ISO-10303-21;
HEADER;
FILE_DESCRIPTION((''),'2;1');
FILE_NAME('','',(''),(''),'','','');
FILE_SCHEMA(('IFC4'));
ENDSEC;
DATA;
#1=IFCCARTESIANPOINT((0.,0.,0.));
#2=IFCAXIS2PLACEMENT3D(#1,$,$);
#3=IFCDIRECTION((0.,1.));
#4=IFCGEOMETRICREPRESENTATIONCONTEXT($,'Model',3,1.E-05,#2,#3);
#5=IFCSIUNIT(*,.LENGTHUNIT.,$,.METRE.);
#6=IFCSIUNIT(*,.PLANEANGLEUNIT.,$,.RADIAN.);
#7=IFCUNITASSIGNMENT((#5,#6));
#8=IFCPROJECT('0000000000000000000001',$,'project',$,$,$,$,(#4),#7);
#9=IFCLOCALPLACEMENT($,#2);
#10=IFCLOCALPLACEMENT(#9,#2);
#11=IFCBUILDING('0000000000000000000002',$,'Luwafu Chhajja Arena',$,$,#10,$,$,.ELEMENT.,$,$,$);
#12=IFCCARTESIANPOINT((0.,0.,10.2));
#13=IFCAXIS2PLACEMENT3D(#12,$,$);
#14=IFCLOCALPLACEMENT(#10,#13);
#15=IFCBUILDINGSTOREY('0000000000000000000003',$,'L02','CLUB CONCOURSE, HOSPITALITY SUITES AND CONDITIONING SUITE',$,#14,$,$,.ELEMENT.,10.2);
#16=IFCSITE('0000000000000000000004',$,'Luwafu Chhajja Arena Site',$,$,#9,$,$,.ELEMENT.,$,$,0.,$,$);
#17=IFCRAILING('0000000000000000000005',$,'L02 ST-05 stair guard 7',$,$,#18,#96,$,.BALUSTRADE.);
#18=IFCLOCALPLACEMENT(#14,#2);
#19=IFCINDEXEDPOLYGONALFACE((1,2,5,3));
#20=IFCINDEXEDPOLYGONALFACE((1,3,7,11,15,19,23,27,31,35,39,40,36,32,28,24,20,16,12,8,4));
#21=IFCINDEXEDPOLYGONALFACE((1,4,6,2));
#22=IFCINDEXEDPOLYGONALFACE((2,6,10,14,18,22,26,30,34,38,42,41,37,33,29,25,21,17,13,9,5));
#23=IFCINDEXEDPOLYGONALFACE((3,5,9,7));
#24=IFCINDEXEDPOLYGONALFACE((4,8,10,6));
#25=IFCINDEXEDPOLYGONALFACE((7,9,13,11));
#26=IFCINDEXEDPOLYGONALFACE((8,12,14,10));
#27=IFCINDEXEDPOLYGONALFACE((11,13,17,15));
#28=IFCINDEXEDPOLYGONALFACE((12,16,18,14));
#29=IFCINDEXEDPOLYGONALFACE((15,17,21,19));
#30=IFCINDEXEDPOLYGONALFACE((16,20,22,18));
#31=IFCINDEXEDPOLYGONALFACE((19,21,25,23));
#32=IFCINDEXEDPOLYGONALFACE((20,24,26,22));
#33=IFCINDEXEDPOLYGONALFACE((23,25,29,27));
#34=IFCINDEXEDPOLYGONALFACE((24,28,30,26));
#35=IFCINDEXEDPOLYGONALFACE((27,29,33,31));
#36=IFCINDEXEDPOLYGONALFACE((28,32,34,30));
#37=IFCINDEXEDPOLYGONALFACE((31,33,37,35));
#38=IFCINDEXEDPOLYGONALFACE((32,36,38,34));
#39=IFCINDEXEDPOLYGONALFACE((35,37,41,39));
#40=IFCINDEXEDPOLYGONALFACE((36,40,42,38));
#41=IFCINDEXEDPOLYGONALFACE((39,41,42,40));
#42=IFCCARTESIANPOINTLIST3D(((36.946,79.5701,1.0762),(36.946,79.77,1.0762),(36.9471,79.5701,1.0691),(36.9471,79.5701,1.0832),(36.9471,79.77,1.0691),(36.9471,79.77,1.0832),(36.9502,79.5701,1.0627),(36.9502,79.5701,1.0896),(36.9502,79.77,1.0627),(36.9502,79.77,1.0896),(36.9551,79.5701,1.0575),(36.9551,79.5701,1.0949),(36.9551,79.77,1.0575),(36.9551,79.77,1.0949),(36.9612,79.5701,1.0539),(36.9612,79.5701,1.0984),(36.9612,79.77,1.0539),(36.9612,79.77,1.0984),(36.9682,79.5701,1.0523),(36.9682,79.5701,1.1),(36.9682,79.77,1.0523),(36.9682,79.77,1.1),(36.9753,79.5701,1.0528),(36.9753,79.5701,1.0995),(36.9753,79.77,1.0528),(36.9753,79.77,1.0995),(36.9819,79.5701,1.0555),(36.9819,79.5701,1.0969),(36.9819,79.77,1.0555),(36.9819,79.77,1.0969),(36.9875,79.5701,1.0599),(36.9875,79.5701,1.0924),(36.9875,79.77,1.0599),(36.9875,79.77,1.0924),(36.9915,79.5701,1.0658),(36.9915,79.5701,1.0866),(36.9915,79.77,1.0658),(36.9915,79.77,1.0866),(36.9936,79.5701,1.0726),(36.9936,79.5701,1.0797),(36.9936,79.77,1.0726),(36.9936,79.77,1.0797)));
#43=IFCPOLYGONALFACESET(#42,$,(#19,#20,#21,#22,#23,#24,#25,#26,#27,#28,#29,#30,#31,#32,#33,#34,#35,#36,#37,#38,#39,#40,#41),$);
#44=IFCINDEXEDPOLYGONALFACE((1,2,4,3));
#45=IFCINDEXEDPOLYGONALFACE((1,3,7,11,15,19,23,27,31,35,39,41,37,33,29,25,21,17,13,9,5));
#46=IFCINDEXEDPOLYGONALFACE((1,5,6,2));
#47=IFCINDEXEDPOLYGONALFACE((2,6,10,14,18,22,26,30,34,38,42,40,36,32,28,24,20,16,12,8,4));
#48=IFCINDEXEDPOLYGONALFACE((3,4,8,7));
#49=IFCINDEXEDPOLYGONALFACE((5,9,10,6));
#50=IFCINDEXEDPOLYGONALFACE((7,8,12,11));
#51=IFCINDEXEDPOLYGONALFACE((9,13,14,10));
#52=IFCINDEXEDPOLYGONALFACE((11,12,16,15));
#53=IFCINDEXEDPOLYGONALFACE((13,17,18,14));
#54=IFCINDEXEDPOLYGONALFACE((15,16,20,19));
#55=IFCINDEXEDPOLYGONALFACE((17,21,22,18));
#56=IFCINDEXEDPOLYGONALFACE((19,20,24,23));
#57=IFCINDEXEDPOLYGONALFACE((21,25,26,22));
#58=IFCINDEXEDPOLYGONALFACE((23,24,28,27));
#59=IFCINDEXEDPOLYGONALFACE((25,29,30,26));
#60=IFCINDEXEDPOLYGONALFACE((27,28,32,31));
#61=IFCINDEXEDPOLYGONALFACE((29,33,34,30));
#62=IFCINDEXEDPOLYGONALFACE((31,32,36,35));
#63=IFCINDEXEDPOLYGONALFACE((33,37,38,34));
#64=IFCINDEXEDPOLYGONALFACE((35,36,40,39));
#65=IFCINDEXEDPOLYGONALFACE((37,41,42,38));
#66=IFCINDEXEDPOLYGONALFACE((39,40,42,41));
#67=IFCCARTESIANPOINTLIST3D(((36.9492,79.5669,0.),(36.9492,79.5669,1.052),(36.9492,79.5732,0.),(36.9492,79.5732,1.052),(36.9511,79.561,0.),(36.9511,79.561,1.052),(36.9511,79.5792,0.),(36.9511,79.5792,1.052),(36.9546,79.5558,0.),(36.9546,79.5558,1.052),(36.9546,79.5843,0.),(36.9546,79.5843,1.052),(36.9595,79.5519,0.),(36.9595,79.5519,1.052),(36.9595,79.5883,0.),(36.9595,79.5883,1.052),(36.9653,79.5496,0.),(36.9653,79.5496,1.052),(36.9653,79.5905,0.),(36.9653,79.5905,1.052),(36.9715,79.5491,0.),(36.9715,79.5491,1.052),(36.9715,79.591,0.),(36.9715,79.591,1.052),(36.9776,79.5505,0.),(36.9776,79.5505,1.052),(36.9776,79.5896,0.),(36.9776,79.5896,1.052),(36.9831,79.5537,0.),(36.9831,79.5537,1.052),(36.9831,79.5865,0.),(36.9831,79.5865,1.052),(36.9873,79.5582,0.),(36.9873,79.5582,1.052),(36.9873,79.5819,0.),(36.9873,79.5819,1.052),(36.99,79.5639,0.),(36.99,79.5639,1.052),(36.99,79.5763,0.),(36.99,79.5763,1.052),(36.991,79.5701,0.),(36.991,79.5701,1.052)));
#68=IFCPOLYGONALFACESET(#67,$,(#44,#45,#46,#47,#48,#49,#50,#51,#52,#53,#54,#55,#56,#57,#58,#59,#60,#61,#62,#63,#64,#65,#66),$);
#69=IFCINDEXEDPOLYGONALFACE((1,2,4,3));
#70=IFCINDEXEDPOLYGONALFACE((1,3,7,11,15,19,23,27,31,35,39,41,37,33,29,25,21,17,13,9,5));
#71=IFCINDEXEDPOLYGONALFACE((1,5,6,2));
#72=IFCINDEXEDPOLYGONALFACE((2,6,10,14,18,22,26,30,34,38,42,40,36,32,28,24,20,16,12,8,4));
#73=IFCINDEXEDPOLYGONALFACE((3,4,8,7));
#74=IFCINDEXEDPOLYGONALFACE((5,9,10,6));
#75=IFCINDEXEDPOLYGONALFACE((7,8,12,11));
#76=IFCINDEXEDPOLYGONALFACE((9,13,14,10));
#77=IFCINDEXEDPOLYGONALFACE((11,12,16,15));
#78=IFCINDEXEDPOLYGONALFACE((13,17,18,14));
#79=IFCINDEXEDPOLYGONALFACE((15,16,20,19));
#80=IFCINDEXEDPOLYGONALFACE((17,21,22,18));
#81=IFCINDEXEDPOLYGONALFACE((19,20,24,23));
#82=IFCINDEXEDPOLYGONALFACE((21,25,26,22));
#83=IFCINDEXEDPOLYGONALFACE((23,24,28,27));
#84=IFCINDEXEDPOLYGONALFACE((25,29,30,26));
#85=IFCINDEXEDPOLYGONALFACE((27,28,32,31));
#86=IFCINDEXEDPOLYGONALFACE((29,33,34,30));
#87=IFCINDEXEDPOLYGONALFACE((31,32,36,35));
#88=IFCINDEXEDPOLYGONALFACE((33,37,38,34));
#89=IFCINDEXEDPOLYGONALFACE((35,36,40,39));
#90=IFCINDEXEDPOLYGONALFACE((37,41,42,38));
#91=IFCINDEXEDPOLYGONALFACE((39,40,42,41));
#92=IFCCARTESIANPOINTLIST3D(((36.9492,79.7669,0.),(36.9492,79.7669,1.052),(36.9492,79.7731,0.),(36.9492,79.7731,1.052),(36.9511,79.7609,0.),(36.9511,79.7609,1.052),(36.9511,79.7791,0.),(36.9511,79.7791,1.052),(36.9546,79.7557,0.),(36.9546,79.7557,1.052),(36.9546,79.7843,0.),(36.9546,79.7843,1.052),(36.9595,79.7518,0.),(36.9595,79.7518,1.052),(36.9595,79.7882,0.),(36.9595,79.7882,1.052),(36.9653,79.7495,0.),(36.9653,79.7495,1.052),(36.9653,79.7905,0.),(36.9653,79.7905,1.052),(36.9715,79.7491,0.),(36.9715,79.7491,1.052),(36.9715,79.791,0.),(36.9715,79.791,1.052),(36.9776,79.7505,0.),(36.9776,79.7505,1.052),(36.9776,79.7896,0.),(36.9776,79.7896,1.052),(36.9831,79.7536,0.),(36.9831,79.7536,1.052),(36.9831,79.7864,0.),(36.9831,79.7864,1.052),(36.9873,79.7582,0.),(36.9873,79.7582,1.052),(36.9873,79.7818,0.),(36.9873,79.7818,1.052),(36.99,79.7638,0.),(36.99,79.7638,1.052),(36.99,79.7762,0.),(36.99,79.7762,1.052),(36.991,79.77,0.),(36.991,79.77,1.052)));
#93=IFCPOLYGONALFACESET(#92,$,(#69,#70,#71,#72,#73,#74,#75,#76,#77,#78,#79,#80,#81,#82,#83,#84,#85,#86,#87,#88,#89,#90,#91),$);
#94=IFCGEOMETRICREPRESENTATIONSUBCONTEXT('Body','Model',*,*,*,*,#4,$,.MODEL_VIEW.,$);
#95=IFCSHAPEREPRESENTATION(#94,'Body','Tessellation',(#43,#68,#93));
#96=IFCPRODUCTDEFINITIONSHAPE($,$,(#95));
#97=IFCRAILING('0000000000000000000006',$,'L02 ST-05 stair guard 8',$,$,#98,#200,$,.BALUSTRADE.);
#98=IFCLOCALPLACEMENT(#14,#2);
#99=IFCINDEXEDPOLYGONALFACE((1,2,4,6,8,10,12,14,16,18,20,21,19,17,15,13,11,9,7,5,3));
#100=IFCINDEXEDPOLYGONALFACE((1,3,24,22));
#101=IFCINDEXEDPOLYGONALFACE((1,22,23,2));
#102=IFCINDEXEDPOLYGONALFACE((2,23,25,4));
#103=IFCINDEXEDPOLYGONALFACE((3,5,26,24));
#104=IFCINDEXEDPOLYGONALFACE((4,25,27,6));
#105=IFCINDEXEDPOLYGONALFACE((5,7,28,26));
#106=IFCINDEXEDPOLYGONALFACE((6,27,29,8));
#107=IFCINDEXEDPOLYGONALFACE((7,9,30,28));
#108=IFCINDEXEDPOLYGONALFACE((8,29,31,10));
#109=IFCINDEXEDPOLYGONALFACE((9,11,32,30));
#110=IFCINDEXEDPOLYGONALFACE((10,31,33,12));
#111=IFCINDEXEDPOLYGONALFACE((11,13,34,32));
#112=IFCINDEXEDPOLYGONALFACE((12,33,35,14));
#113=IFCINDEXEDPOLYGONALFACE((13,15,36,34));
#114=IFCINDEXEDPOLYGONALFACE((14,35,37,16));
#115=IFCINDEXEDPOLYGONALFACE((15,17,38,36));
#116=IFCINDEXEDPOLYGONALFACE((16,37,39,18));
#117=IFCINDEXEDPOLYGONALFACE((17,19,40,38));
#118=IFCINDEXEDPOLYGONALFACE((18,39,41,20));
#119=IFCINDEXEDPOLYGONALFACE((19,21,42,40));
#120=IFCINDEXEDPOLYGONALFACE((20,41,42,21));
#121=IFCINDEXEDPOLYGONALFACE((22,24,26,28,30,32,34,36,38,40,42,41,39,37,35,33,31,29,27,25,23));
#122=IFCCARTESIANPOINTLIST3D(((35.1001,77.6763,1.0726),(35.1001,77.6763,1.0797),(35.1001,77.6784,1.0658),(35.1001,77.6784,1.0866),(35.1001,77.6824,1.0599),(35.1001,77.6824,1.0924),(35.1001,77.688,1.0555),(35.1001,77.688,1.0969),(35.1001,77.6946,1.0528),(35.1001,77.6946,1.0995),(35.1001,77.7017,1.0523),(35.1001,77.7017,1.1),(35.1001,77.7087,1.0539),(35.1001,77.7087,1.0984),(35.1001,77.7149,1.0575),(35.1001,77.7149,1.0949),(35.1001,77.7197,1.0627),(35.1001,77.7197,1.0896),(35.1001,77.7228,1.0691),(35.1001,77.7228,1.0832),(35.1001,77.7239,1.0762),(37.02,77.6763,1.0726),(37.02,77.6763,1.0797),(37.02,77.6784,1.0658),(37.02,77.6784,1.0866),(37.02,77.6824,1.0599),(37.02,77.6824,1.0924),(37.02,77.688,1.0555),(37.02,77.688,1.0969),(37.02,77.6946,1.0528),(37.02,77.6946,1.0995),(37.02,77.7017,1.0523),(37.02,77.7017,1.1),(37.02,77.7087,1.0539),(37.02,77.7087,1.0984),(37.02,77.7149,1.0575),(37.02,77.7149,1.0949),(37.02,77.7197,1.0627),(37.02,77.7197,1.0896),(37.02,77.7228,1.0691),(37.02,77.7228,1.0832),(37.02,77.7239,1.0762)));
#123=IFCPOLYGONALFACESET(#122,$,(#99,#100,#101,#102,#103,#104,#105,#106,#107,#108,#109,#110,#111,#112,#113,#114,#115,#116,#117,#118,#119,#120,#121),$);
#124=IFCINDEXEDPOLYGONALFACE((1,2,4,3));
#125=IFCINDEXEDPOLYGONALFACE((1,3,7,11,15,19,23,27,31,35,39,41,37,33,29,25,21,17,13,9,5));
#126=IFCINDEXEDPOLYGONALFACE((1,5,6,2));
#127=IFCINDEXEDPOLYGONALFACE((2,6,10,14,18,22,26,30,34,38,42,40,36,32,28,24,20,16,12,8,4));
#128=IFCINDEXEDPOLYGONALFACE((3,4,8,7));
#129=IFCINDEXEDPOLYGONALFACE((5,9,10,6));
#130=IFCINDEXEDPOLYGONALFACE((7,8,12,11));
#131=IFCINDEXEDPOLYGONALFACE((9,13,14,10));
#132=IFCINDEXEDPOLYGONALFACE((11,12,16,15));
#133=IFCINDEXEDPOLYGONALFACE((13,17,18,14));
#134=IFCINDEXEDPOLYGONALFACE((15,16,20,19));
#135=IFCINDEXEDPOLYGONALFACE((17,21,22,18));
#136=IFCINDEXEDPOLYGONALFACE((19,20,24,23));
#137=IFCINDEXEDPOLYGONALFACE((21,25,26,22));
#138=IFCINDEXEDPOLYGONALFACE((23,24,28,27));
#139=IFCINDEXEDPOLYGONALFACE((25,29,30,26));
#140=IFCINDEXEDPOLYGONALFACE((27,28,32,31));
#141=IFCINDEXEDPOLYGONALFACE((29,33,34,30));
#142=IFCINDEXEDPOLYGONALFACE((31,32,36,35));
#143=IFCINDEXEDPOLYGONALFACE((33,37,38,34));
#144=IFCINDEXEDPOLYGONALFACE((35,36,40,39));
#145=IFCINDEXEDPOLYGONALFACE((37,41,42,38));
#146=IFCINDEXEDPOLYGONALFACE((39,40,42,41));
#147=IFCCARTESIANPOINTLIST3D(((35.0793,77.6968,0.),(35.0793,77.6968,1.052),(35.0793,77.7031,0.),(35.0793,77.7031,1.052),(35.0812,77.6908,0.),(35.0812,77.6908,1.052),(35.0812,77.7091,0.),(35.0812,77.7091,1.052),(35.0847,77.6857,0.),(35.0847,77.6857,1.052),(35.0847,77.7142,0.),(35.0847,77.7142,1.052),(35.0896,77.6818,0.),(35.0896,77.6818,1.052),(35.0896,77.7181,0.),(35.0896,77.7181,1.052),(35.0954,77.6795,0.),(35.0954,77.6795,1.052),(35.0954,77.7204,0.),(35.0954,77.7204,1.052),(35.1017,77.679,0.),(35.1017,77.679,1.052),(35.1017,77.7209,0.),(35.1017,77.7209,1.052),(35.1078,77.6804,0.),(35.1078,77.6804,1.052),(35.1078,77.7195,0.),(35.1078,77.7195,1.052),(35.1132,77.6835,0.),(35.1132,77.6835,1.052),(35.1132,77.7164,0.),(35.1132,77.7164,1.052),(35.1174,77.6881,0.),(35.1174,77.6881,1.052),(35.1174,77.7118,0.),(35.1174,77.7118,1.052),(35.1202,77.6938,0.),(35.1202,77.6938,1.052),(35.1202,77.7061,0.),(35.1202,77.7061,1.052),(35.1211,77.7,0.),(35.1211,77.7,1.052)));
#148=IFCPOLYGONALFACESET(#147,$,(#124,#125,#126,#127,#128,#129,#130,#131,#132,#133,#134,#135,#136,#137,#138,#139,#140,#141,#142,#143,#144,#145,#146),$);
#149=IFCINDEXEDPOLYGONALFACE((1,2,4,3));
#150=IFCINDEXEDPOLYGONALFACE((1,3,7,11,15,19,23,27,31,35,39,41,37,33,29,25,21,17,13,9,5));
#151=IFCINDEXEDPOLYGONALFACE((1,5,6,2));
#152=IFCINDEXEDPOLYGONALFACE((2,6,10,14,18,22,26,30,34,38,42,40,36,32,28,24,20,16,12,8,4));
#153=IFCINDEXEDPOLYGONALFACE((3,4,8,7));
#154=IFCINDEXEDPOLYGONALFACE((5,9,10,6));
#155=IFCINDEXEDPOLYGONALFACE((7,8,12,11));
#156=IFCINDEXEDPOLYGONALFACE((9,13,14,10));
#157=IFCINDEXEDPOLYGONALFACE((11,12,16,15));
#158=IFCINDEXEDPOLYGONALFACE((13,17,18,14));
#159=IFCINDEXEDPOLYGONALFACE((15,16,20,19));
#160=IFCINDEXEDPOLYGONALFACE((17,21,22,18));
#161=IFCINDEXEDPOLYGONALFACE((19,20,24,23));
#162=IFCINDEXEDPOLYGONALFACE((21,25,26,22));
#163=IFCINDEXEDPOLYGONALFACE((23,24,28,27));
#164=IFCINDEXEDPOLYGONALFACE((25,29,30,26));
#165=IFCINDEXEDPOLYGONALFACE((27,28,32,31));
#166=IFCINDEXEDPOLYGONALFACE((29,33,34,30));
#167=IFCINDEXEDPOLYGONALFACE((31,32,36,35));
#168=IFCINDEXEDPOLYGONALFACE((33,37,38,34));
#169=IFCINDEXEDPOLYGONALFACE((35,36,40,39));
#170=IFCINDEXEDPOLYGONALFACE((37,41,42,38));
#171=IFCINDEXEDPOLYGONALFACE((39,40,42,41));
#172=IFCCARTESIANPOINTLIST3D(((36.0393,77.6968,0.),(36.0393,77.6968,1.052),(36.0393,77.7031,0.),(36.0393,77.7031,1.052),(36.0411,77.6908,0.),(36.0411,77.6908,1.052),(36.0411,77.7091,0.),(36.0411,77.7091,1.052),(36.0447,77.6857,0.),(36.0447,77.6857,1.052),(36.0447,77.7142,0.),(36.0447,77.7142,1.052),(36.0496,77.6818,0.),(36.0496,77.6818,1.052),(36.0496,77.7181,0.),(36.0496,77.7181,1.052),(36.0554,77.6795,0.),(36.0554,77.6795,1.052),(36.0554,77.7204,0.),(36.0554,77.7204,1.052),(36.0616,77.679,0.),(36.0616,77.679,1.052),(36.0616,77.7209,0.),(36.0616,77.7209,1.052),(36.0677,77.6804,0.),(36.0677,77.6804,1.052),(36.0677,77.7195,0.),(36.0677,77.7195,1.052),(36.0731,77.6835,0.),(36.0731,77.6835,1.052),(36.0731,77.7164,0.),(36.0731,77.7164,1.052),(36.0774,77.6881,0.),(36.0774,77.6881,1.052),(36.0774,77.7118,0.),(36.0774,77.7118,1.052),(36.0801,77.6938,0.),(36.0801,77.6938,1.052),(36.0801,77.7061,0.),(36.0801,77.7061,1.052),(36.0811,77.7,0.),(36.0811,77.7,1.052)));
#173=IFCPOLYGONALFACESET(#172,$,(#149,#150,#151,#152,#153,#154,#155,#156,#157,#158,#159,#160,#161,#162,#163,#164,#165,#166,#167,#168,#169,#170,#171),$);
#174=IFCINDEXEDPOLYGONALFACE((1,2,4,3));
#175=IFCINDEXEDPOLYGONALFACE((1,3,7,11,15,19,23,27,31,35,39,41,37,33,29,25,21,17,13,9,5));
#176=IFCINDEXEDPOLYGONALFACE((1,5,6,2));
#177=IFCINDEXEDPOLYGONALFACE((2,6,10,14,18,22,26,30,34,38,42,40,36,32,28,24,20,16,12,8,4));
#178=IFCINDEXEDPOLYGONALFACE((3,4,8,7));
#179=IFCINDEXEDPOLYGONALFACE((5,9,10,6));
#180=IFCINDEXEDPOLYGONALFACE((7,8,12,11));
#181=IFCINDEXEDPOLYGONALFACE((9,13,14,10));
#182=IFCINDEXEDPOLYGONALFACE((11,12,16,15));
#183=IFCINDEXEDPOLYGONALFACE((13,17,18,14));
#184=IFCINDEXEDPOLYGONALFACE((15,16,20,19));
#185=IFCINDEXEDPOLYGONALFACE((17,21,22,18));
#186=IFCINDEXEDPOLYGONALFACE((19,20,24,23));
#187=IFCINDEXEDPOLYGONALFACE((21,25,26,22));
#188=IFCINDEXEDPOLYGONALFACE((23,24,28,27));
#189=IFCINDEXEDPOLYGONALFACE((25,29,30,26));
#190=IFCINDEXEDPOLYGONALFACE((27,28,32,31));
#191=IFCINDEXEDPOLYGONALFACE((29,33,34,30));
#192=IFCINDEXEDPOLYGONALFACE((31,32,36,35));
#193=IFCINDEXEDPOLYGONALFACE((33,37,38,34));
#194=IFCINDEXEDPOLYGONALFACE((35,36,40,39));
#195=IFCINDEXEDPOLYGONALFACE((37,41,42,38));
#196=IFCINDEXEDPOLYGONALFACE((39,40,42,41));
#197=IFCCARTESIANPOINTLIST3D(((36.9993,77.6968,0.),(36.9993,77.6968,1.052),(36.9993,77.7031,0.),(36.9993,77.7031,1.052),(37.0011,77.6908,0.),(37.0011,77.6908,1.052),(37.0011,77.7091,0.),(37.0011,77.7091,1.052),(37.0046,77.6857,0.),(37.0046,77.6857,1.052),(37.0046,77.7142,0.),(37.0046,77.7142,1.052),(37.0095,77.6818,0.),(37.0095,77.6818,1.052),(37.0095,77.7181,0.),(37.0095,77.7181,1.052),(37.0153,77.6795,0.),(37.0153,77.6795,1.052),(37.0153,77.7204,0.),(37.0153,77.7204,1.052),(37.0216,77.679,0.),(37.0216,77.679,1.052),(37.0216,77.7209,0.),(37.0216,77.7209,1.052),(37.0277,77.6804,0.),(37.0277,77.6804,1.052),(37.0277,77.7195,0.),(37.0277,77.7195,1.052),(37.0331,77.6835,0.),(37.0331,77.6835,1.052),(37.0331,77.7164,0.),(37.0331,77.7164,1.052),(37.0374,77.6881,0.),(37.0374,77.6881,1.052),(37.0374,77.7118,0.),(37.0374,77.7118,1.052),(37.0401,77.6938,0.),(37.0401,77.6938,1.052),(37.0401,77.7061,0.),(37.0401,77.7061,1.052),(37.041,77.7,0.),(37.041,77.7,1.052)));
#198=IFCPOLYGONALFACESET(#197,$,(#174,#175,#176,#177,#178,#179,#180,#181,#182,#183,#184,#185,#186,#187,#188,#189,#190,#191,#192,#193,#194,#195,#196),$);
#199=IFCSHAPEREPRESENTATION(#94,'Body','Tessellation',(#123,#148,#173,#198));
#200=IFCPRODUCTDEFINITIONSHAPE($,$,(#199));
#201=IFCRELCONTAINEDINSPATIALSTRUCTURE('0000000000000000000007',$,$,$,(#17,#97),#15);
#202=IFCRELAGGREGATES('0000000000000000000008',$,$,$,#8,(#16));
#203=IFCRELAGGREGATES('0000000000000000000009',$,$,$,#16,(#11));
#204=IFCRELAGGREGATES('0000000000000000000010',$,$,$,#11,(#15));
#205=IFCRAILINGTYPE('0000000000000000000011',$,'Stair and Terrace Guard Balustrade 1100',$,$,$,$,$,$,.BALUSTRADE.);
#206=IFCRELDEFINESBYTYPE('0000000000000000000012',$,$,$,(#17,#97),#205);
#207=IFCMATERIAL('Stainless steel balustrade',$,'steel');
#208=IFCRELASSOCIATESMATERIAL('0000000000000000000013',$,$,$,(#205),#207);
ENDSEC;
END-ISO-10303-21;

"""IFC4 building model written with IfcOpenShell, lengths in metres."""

from ifc_helpers import new_model, si_unit, direction, frame, origin, origin_2d, place, context, subcontext, project, spatial, circle, extrude, material, type_object, element, save


model = new_model("IFC4")

# Units and contexts
model_context = context("Model", 3, precision=1e-05, world=origin(), true_north=direction((0.0, 1.0)))
body_context = subcontext(model_context, "Body", "Model", "MODEL_VIEW")
ifc_project = project(units=[si_unit("LENGTHUNIT", "METRE"), si_unit("PLANEANGLEUNIT", "RADIAN")], contexts=[model_context])

# Site, building, storey
site_placement = place(None, origin())
site = spatial("IfcSite", under=ifc_project, at=site_placement, Name="Luwafu Chhajja Arena Site", CompositionType="ELEMENT", RefElevation=0.0)
building_placement = place(site_placement, origin())
building = spatial("IfcBuilding", under=site, at=building_placement, Name="Luwafu Chhajja Arena", CompositionType="ELEMENT")
storey_placement = place(building_placement, frame((0.0, 0.0, 10.2)))
storey = spatial("IfcBuildingStorey", under=building, at=storey_placement, Name="L02", Description="CLUB CONCOURSE, HOSPITALITY SUITES AND CONDITIONING SUITE", CompositionType="ELEMENT", Elevation=10.2)

# Railings
ifc_material_1 = material(Name="Stainless steel balustrade", Category="steel")
railing_type_1 = type_object("IfcRailingType", Name="Stair and Terrace Guard Balustrade 1100", PredefinedType="BALUSTRADE", material=ifc_material_1)
railing_1_placement = place(storey_placement, frame((36.97, 79.5701, 0.0)))
element("IfcRailing", 1, at=railing_1_placement, inside=storey, type_object=railing_type_1, Name="L02 ST-05 stair guard 7", PredefinedType="BALUSTRADE", context=body_context, shape_type="SweptSolid", body=[
    extrude(circle(Radius=0.0239, at=origin_2d()), frame((0.0, 0.0, 1.0762), z_axis=(0.0, 1.0, 0.0), x_axis=(-1.0, 0.0, 0.0)), (0.0, 0.0, 1.0), 0.2),
    extrude(circle(Radius=0.021, at=origin_2d()), origin(), (0.0, 0.0, 1.0), 1.052),
    extrude(circle(Radius=0.021, at=origin_2d()), frame((0.0, 0.2, 0.0)), (0.0, 0.0, 1.0), 1.052),
])
for number, where, name in (
    (2, (35.1001, 77.7, 0.0), "L02 ST-05 stair guard 8"),
):
    element("IfcRailing", number, at=place(storey_placement, frame(where)), inside=storey, type_object=railing_type_1, Name=name, PredefinedType="BALUSTRADE", context=body_context, shape_type="SweptSolid", body=[
        extrude(circle(Radius=0.0239, at=origin_2d()), frame((0.0, 0.0, 1.0762), z_axis=(1.0, 0.0, 0.0), x_axis=(0.0, 1.0, 0.0)), (0.0, 0.0, 1.0), 1.9199),
        extrude(circle(Radius=0.021, at=origin_2d()), origin(), (0.0, 0.0, 1.0), 1.052),
        extrude(circle(Radius=0.021, at=origin_2d()), frame((0.96, 0.0, 0.0)), (0.0, 0.0, 1.0), 1.052),
        extrude(circle(Radius=0.021, at=origin_2d()), frame((1.9199, 0.0, 0.0)), (0.0, 0.0, 1.0), 1.052),
    ])

save(model, "model.ifc")
